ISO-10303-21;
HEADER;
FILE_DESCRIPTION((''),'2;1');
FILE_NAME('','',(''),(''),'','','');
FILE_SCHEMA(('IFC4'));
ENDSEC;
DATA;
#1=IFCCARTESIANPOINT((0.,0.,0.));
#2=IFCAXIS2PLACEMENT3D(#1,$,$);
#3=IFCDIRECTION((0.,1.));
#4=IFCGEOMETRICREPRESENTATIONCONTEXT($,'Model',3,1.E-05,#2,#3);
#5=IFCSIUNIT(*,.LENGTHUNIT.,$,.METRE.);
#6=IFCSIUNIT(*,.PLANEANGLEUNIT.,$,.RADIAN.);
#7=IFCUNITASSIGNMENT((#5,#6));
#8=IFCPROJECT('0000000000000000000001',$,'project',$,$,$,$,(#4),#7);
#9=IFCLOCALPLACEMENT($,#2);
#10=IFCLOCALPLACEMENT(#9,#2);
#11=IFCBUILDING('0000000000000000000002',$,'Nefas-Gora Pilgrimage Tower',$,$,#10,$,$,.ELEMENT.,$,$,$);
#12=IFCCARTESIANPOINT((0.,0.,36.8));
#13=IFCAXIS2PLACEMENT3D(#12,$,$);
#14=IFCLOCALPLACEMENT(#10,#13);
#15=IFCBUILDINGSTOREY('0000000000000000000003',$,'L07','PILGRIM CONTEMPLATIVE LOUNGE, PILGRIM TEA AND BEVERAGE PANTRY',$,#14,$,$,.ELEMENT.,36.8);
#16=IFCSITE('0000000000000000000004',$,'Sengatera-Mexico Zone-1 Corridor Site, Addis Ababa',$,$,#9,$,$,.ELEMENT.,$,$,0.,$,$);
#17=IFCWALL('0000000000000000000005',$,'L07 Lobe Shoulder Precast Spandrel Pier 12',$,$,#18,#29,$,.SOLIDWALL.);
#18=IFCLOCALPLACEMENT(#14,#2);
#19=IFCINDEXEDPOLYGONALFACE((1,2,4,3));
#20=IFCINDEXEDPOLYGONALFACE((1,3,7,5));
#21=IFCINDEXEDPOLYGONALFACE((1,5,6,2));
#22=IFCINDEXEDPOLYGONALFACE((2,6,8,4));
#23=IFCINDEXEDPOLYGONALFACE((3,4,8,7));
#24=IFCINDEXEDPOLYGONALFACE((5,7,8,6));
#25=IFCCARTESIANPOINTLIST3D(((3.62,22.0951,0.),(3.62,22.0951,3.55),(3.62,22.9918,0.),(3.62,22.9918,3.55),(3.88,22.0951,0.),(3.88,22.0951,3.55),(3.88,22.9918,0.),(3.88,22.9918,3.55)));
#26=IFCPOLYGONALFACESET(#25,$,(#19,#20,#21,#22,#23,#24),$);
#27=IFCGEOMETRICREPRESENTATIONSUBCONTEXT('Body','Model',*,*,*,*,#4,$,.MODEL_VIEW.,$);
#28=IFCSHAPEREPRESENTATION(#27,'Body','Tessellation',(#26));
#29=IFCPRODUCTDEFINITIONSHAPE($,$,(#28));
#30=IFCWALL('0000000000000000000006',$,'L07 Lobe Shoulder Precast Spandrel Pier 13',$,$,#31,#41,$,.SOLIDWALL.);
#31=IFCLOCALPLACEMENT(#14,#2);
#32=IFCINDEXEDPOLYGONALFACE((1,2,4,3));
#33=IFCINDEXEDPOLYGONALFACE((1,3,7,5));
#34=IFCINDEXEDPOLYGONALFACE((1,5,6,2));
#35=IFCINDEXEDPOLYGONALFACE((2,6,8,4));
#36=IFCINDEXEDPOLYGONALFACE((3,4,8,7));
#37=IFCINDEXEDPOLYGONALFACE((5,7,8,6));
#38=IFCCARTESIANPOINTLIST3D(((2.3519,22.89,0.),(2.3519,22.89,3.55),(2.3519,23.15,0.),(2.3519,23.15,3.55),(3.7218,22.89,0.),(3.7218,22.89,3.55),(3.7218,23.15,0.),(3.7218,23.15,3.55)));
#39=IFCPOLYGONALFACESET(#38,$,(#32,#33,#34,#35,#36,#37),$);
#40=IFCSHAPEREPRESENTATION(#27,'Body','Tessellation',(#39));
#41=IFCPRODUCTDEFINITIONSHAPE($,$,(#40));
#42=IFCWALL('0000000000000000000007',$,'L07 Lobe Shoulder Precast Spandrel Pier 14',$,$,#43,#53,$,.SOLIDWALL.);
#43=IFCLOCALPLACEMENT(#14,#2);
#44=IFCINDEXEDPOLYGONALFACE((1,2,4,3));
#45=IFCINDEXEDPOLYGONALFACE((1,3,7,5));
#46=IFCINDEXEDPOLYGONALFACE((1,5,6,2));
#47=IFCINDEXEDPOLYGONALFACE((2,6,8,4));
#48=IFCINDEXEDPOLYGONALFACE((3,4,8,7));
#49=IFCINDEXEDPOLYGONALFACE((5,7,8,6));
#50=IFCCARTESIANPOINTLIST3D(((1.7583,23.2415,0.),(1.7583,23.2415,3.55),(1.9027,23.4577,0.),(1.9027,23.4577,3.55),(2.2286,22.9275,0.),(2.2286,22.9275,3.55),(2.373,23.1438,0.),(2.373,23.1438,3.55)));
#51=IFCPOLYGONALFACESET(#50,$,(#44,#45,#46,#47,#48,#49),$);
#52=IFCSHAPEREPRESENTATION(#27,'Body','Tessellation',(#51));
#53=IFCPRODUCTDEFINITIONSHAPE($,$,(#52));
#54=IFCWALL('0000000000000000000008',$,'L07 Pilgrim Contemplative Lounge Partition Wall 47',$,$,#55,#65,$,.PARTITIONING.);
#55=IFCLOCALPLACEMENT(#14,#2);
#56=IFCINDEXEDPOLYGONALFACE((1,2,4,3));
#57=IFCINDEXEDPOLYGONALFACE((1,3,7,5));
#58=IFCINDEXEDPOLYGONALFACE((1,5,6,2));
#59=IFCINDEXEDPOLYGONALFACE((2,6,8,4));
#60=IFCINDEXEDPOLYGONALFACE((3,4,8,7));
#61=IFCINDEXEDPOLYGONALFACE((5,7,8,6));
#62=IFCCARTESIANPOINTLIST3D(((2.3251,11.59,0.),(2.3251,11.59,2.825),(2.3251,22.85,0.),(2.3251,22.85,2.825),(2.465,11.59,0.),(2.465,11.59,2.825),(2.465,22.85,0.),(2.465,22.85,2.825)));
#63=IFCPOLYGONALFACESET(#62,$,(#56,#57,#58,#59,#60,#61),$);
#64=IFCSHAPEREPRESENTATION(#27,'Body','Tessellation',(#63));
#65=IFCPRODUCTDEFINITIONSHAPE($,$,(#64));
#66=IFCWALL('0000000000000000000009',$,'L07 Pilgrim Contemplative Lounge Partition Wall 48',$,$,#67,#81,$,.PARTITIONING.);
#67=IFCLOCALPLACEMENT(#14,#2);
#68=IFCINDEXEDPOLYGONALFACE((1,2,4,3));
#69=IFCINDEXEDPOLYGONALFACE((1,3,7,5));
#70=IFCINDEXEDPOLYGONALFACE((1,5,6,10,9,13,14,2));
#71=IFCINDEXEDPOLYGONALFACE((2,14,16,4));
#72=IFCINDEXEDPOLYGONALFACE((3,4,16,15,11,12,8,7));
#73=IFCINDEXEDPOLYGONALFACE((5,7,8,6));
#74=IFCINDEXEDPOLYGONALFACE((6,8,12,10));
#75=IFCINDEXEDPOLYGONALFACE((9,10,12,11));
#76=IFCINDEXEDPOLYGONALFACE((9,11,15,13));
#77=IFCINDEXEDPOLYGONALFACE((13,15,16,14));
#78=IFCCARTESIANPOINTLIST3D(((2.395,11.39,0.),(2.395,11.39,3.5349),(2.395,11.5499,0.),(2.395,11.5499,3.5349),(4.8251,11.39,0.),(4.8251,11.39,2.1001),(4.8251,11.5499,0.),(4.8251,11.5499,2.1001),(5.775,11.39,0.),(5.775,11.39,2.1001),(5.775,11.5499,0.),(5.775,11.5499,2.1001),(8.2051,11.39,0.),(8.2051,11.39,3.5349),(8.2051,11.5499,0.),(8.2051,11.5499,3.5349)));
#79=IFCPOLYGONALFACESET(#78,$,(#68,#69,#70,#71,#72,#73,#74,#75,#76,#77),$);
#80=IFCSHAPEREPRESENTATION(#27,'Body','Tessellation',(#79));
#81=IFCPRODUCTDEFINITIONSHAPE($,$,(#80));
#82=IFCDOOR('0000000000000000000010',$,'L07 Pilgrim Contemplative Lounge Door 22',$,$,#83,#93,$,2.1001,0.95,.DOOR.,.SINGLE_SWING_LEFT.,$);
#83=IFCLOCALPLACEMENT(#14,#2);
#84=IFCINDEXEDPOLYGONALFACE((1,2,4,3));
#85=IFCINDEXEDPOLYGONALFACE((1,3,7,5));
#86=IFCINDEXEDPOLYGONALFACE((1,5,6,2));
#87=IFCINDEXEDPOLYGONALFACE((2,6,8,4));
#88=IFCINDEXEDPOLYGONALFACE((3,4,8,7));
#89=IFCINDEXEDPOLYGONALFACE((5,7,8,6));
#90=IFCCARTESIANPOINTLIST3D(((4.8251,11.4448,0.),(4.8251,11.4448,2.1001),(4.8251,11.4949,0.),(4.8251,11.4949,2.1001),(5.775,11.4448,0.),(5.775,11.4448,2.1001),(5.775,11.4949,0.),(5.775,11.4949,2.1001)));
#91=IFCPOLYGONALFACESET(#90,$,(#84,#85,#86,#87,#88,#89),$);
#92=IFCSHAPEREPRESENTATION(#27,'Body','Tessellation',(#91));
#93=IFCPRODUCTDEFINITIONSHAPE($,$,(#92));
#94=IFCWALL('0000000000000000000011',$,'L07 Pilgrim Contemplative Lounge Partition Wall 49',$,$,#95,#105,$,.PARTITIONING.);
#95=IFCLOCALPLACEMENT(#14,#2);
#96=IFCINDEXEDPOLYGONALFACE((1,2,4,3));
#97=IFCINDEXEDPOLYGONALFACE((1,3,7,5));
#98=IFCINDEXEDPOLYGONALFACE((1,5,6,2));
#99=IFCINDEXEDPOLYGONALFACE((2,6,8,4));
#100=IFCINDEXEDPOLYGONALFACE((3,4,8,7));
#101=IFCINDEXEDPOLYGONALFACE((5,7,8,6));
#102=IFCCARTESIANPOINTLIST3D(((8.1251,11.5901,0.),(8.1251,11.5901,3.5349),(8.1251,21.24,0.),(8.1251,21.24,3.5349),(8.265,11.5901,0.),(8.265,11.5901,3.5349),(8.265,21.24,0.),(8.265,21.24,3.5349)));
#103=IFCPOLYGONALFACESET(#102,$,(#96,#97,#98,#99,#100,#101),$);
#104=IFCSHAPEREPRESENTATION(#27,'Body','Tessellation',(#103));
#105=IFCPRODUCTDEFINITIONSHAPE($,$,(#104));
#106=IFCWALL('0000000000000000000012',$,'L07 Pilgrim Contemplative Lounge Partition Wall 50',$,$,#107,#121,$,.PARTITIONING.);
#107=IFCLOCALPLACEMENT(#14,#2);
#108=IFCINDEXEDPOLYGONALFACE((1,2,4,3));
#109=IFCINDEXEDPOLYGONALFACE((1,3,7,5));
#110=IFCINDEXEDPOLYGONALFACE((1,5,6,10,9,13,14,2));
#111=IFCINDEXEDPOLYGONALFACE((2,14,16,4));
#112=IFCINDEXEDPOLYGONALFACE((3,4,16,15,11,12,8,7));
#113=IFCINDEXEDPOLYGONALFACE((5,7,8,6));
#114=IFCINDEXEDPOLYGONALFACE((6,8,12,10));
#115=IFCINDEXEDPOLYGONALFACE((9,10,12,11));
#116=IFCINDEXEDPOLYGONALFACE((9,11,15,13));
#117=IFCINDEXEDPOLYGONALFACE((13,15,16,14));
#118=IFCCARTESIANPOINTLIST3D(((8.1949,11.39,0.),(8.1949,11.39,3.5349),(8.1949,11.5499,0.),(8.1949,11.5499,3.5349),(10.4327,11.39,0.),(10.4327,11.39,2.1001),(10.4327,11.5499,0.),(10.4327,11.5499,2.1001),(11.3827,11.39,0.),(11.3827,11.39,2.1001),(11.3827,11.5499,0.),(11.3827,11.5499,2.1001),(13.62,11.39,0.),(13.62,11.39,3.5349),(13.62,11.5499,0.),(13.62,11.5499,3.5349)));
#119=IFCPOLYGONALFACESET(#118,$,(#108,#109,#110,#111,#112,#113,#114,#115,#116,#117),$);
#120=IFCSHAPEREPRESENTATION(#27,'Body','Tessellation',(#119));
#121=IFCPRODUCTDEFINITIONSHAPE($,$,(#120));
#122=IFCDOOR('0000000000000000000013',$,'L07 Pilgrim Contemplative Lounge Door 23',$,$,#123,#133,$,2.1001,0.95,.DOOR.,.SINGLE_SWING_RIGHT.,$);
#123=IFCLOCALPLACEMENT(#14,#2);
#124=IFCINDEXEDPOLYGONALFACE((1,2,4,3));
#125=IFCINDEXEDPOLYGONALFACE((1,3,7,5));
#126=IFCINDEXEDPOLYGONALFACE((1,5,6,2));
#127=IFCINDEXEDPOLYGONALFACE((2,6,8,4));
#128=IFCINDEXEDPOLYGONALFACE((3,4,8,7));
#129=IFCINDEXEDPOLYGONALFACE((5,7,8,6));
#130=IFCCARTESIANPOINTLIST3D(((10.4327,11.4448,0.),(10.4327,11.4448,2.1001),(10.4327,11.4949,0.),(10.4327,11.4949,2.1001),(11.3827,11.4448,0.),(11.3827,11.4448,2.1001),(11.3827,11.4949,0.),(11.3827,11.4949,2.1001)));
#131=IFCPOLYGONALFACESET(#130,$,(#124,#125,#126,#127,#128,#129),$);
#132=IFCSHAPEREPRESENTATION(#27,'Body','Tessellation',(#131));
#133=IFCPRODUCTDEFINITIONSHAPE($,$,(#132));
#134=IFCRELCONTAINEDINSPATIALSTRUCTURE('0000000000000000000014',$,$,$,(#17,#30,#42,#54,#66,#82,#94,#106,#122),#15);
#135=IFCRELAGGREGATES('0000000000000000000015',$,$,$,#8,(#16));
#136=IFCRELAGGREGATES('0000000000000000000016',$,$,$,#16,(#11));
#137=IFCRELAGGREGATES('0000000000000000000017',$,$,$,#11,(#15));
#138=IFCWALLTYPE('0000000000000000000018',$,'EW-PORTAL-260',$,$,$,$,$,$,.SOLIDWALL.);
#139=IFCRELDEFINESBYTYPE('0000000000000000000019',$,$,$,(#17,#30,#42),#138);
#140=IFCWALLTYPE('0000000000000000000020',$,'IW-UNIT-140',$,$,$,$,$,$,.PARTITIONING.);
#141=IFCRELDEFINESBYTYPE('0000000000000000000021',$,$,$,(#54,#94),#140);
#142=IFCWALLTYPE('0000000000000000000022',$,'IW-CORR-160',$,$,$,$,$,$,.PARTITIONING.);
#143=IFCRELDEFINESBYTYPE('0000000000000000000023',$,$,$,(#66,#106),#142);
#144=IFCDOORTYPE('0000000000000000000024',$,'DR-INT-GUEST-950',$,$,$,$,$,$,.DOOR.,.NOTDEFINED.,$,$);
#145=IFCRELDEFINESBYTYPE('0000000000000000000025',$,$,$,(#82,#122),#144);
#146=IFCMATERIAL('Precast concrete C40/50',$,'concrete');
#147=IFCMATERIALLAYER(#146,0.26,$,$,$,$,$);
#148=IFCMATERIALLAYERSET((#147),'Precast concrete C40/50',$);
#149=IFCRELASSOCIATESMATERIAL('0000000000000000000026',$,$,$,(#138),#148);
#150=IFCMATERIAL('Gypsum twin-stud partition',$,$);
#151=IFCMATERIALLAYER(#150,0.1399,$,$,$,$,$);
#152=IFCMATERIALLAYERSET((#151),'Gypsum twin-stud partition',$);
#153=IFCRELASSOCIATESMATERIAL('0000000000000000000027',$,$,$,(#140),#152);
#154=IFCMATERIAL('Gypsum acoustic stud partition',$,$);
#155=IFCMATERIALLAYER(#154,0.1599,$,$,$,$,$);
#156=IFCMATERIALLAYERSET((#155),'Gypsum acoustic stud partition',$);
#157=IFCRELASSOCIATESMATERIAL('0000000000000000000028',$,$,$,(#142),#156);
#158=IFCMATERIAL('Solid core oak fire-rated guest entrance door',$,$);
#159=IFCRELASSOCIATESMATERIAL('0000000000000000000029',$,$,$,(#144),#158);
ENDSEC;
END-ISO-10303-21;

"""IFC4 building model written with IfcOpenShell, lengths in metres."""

from ifc_helpers import new_model, si_unit, direction, frame, frame_2d, origin, place, context, subcontext, project, spatial, rectangle, extrude, source, transform, mapped, material, layer, layer_set, type_object, element, fill, save


model = new_model("IFC4")

# Units and contexts
model_context = context("Model", 3, precision=1e-05, world=origin(), true_north=direction((0.0, 1.0)))
body_context = subcontext(model_context, "Body", "Model", "MODEL_VIEW")
ifc_project = project(units=[si_unit("LENGTHUNIT", "METRE"), si_unit("PLANEANGLEUNIT", "RADIAN")], contexts=[model_context])

# Site, building, storey
site_placement = place(None, origin())
site = spatial("IfcSite", under=ifc_project, at=site_placement, Name="Sengatera-Mexico Zone-1 Corridor Site, Addis Ababa", CompositionType="ELEMENT", RefElevation=0.0)
building_placement = place(site_placement, origin())
building = spatial("IfcBuilding", under=site, at=building_placement, Name="Nefas-Gora Pilgrimage Tower", CompositionType="ELEMENT")
storey_placement = place(building_placement, frame((0.0, 0.0, 36.8)))
storey = spatial("IfcBuildingStorey", under=building, at=storey_placement, Name="L07", Description="PILGRIM CONTEMPLATIVE LOUNGE, PILGRIM TEA AND BEVERAGE PANTRY", CompositionType="ELEMENT", Elevation=36.8)

# Walls
ifc_material_1 = material(Name="Precast concrete C40/50", Category="concrete")
ifc_layer_1 = layer(ifc_material_1, 0.26)
ifc_layer_set_1 = layer_set([ifc_layer_1], Name="Precast concrete C40/50")
wall_type_1 = type_object("IfcWallType", Name="EW-PORTAL-260", PredefinedType="SOLIDWALL", material=ifc_layer_set_1)
shared_shape_1 = source(origin(), body_context, "Body", "SweptSolid", [
    extrude(rectangle(XDim=0.8967, YDim=0.26, at=frame_2d((0.4482, 0.0))), origin(), (0.0, 0.0, 1.0), 3.55),
])
wall_1_placement = place(storey_placement, frame((3.75, 22.0952, 0.0), z_axis=(0.0, 0.0, 1.0), x_axis=(0.0, 1.0, 0.0)))
element("IfcWall", 1, at=wall_1_placement, inside=storey, type_object=wall_type_1, Name="L07 Lobe Shoulder Precast Spandrel Pier 12", PredefinedType="SOLIDWALL", context=body_context, shape_type="MappedRepresentation", body=[
    mapped(shared_shape_1, transform((0.0, 0.0, 0.0), x_axis=(1.0, 0.0, 0.0), y_axis=(0.0, 1.0, 0.0), z_axis=(0.0, 0.0, 1.0), scale=1.0)),
])
shared_shape_2 = source(origin(), body_context, "Body", "SweptSolid", [
    extrude(rectangle(XDim=1.3699, YDim=0.26, at=frame_2d((0.6851, 0.0))), origin(), (0.0, 0.0, 1.0), 3.55),
])
wall_2_placement = place(storey_placement, frame((3.7219, 23.02, 0.0), z_axis=(0.0, 0.0, 1.0), x_axis=(-1.0, 0.0, 0.0)))
element("IfcWall", 2, at=wall_2_placement, inside=storey, type_object=wall_type_1, Name="L07 Lobe Shoulder Precast Spandrel Pier 13", PredefinedType="SOLIDWALL", context=body_context, shape_type="MappedRepresentation", body=[
    mapped(shared_shape_2, transform((0.0, 0.0, 0.0), x_axis=(1.0, 0.0, 0.0), y_axis=(0.0, 1.0, 0.0), z_axis=(0.0, 0.0, 1.0), scale=1.0)),
])
shared_shape_3 = source(origin(), body_context, "Body", "SweptSolid", [
    extrude(rectangle(XDim=0.5654, YDim=0.26, at=frame_2d((0.2827, 0.0))), origin(), (0.0, 0.0, 1.0), 3.55),
])
wall_3_placement = place(storey_placement, frame((2.3008, 23.0356, 0.0), z_axis=(0.0, 0.0, 1.0), x_axis=(-0.831651, 0.555298, 0.0)))
element("IfcWall", 3, at=wall_3_placement, inside=storey, type_object=wall_type_1, Name="L07 Lobe Shoulder Precast Spandrel Pier 14", PredefinedType="SOLIDWALL", context=body_context, shape_type="MappedRepresentation", body=[
    mapped(shared_shape_3, transform((0.0, 0.0, 0.0), x_axis=(1.0, 0.0, 0.0), y_axis=(0.0, 1.0, 0.0), z_axis=(0.0, 0.0, 1.0), scale=1.0)),
])
ifc_material_2 = material(Name="Gypsum twin-stud partition")
ifc_layer_2 = layer(ifc_material_2, 0.1399)
ifc_layer_set_2 = layer_set([ifc_layer_2], Name="Gypsum twin-stud partition")
wall_type_2 = type_object("IfcWallType", Name="IW-UNIT-140", PredefinedType="PARTITIONING", material=ifc_layer_set_2)
shared_shape_4 = source(origin(), body_context, "Body", "SweptSolid", [
    extrude(rectangle(XDim=11.26, YDim=0.1399, at=frame_2d((5.6299, 0.0))), origin(), (0.0, 0.0, 1.0), 2.825),
])
wall_4_placement = place(storey_placement, frame((2.395, 11.5901, 0.0), z_axis=(0.0, 0.0, 1.0), x_axis=(0.0, 1.0, 0.0)))
element("IfcWall", 4, at=wall_4_placement, inside=storey, type_object=wall_type_2, Name="L07 Pilgrim Contemplative Lounge Partition Wall 47", PredefinedType="PARTITIONING", context=body_context, shape_type="MappedRepresentation", body=[
    mapped(shared_shape_4, transform((0.0, 0.0, 0.0), x_axis=(1.0, 0.0, 0.0), y_axis=(0.0, 1.0, 0.0), z_axis=(0.0, 0.0, 1.0), scale=1.0)),
])

# Wall, opening, door
ifc_material_3 = material(Name="Gypsum acoustic stud partition")
ifc_layer_3 = layer(ifc_material_3, 0.1599)
ifc_layer_set_3 = layer_set([ifc_layer_3], Name="Gypsum acoustic stud partition")
wall_type_3 = type_object("IfcWallType", Name="IW-CORR-160", PredefinedType="PARTITIONING", material=ifc_layer_set_3)
shared_shape_5 = source(origin(), body_context, "Body", "SweptSolid", [
    extrude(rectangle(XDim=5.8101, YDim=0.1599, at=frame_2d((2.905, 0.0))), origin(), (0.0, 0.0, 1.0), 3.5349),
])
wall_5_placement = place(storey_placement, frame((2.395, 11.47, 0.0), z_axis=(0.0, 0.0, 1.0), x_axis=(1.0, 0.0, 0.0)))
wall_5 = element("IfcWall", 5, at=wall_5_placement, inside=storey, type_object=wall_type_3, Name="L07 Pilgrim Contemplative Lounge Partition Wall 48", PredefinedType="PARTITIONING", context=body_context, shape_type="MappedRepresentation", body=[
    mapped(shared_shape_5, transform((0.0, 0.0, 0.0), x_axis=(1.0, 0.0, 0.0), y_axis=(0.0, 1.0, 0.0), z_axis=(0.0, 0.0, 1.0), scale=1.0)),
])
opening_1_placement = place(wall_5_placement, frame((2.4299, 0.0, 0.0)))
opening_1 = element("IfcOpeningElement", 6, at=opening_1_placement, cuts=wall_5, PredefinedType="OPENING", context=body_context, shape_type="SweptSolid", body=[
    extrude(rectangle(XDim=0.95, YDim=2.1001, at=frame_2d((0.4751, 1.05))), frame((0.0, 0.0898, 0.0), z_axis=(0.0, -1.0, 0.0), x_axis=(1.0, 0.0, 0.0)), (0.0, 0.0, 1.0), 0.1799),
])
ifc_material_4 = material(Name="Solid core oak fire-rated guest entrance door")
door_type = type_object("IfcDoorType", Name="DR-INT-GUEST-950", OperationType="NOTDEFINED", PredefinedType="DOOR", material=ifc_material_4)
shared_shape_6 = source(origin(), body_context, "Body", "SweptSolid", [
    extrude(rectangle(XDim=0.95, YDim=2.1001, at=frame_2d((0.4751, 1.05))), frame((0.0, 0.0249, 0.0), z_axis=(0.0, -1.0, 0.0), x_axis=(1.0, 0.0, 0.0)), (0.0, 0.0, 1.0), 0.05),
])
door_1_placement = place(opening_1_placement, origin())
door_1 = element("IfcDoor", 7, at=door_1_placement, inside=storey, type_object=door_type, Name="L07 Pilgrim Contemplative Lounge Door 22", OperationType="SINGLE_SWING_LEFT", OverallHeight=2.1001, OverallWidth=0.95, PredefinedType="DOOR", context=body_context, shape_type="MappedRepresentation", body=[
    mapped(shared_shape_6, transform((0.0, 0.0, 0.0), x_axis=(1.0, 0.0, 0.0), y_axis=(0.0, 1.0, 0.0), z_axis=(0.0, 0.0, 1.0), scale=1.0)),
])
fill(opening_1, door_1)

# Wall
shared_shape_7 = source(origin(), body_context, "Body", "SweptSolid", [
    extrude(rectangle(XDim=9.6499, YDim=0.1399, at=frame_2d((4.825, 0.0))), origin(), (0.0, 0.0, 1.0), 3.5349),
])
wall_6_placement = place(storey_placement, frame((8.1951, 11.5901, 0.0), z_axis=(0.0, 0.0, 1.0), x_axis=(0.0, 1.0, 0.0)))
element("IfcWall", 8, at=wall_6_placement, inside=storey, type_object=wall_type_2, Name="L07 Pilgrim Contemplative Lounge Partition Wall 49", PredefinedType="PARTITIONING", context=body_context, shape_type="MappedRepresentation", body=[
    mapped(shared_shape_7, transform((0.0, 0.0, 0.0), x_axis=(1.0, 0.0, 0.0), y_axis=(0.0, 1.0, 0.0), z_axis=(0.0, 0.0, 1.0), scale=1.0)),
])

# Wall, opening, door
shared_shape_8 = source(origin(), body_context, "Body", "SweptSolid", [
    extrude(rectangle(XDim=5.425, YDim=0.1599, at=frame_2d((2.7124, 0.0))), origin(), (0.0, 0.0, 1.0), 3.5349),
])
wall_7_placement = place(storey_placement, frame((8.1951, 11.47, 0.0), z_axis=(0.0, 0.0, 1.0), x_axis=(1.0, 0.0, 0.0)))
wall_7 = element("IfcWall", 9, at=wall_7_placement, inside=storey, type_object=wall_type_3, Name="L07 Pilgrim Contemplative Lounge Partition Wall 50", PredefinedType="PARTITIONING", context=body_context, shape_type="MappedRepresentation", body=[
    mapped(shared_shape_8, transform((0.0, 0.0, 0.0), x_axis=(1.0, 0.0, 0.0), y_axis=(0.0, 1.0, 0.0), z_axis=(0.0, 0.0, 1.0), scale=1.0)),
])
opening_2_placement = place(wall_7_placement, frame((2.2375, 0.0, 0.0)))
opening_2 = element("IfcOpeningElement", 10, at=opening_2_placement, cuts=wall_7, PredefinedType="OPENING", context=body_context, shape_type="SweptSolid", body=[
    extrude(rectangle(XDim=0.95, YDim=2.1001, at=frame_2d((0.4751, 1.05))), frame((0.0, 0.0898, 0.0), z_axis=(0.0, -1.0, 0.0), x_axis=(1.0, 0.0, 0.0)), (0.0, 0.0, 1.0), 0.1799),
])
door_2_placement = place(opening_2_placement, origin())
door_2 = element("IfcDoor", 11, at=door_2_placement, inside=storey, type_object=door_type, Name="L07 Pilgrim Contemplative Lounge Door 23", OperationType="SINGLE_SWING_RIGHT", OverallHeight=2.1001, OverallWidth=0.95, PredefinedType="DOOR", context=body_context, shape_type="MappedRepresentation", body=[
    mapped(shared_shape_6, transform((0.0, 0.0, 0.0), x_axis=(1.0, 0.0, 0.0), y_axis=(0.0, 1.0, 0.0), z_axis=(0.0, 0.0, 1.0), scale=1.0)),
])
fill(opening_2, door_2)

save(model, "model.ifc")
